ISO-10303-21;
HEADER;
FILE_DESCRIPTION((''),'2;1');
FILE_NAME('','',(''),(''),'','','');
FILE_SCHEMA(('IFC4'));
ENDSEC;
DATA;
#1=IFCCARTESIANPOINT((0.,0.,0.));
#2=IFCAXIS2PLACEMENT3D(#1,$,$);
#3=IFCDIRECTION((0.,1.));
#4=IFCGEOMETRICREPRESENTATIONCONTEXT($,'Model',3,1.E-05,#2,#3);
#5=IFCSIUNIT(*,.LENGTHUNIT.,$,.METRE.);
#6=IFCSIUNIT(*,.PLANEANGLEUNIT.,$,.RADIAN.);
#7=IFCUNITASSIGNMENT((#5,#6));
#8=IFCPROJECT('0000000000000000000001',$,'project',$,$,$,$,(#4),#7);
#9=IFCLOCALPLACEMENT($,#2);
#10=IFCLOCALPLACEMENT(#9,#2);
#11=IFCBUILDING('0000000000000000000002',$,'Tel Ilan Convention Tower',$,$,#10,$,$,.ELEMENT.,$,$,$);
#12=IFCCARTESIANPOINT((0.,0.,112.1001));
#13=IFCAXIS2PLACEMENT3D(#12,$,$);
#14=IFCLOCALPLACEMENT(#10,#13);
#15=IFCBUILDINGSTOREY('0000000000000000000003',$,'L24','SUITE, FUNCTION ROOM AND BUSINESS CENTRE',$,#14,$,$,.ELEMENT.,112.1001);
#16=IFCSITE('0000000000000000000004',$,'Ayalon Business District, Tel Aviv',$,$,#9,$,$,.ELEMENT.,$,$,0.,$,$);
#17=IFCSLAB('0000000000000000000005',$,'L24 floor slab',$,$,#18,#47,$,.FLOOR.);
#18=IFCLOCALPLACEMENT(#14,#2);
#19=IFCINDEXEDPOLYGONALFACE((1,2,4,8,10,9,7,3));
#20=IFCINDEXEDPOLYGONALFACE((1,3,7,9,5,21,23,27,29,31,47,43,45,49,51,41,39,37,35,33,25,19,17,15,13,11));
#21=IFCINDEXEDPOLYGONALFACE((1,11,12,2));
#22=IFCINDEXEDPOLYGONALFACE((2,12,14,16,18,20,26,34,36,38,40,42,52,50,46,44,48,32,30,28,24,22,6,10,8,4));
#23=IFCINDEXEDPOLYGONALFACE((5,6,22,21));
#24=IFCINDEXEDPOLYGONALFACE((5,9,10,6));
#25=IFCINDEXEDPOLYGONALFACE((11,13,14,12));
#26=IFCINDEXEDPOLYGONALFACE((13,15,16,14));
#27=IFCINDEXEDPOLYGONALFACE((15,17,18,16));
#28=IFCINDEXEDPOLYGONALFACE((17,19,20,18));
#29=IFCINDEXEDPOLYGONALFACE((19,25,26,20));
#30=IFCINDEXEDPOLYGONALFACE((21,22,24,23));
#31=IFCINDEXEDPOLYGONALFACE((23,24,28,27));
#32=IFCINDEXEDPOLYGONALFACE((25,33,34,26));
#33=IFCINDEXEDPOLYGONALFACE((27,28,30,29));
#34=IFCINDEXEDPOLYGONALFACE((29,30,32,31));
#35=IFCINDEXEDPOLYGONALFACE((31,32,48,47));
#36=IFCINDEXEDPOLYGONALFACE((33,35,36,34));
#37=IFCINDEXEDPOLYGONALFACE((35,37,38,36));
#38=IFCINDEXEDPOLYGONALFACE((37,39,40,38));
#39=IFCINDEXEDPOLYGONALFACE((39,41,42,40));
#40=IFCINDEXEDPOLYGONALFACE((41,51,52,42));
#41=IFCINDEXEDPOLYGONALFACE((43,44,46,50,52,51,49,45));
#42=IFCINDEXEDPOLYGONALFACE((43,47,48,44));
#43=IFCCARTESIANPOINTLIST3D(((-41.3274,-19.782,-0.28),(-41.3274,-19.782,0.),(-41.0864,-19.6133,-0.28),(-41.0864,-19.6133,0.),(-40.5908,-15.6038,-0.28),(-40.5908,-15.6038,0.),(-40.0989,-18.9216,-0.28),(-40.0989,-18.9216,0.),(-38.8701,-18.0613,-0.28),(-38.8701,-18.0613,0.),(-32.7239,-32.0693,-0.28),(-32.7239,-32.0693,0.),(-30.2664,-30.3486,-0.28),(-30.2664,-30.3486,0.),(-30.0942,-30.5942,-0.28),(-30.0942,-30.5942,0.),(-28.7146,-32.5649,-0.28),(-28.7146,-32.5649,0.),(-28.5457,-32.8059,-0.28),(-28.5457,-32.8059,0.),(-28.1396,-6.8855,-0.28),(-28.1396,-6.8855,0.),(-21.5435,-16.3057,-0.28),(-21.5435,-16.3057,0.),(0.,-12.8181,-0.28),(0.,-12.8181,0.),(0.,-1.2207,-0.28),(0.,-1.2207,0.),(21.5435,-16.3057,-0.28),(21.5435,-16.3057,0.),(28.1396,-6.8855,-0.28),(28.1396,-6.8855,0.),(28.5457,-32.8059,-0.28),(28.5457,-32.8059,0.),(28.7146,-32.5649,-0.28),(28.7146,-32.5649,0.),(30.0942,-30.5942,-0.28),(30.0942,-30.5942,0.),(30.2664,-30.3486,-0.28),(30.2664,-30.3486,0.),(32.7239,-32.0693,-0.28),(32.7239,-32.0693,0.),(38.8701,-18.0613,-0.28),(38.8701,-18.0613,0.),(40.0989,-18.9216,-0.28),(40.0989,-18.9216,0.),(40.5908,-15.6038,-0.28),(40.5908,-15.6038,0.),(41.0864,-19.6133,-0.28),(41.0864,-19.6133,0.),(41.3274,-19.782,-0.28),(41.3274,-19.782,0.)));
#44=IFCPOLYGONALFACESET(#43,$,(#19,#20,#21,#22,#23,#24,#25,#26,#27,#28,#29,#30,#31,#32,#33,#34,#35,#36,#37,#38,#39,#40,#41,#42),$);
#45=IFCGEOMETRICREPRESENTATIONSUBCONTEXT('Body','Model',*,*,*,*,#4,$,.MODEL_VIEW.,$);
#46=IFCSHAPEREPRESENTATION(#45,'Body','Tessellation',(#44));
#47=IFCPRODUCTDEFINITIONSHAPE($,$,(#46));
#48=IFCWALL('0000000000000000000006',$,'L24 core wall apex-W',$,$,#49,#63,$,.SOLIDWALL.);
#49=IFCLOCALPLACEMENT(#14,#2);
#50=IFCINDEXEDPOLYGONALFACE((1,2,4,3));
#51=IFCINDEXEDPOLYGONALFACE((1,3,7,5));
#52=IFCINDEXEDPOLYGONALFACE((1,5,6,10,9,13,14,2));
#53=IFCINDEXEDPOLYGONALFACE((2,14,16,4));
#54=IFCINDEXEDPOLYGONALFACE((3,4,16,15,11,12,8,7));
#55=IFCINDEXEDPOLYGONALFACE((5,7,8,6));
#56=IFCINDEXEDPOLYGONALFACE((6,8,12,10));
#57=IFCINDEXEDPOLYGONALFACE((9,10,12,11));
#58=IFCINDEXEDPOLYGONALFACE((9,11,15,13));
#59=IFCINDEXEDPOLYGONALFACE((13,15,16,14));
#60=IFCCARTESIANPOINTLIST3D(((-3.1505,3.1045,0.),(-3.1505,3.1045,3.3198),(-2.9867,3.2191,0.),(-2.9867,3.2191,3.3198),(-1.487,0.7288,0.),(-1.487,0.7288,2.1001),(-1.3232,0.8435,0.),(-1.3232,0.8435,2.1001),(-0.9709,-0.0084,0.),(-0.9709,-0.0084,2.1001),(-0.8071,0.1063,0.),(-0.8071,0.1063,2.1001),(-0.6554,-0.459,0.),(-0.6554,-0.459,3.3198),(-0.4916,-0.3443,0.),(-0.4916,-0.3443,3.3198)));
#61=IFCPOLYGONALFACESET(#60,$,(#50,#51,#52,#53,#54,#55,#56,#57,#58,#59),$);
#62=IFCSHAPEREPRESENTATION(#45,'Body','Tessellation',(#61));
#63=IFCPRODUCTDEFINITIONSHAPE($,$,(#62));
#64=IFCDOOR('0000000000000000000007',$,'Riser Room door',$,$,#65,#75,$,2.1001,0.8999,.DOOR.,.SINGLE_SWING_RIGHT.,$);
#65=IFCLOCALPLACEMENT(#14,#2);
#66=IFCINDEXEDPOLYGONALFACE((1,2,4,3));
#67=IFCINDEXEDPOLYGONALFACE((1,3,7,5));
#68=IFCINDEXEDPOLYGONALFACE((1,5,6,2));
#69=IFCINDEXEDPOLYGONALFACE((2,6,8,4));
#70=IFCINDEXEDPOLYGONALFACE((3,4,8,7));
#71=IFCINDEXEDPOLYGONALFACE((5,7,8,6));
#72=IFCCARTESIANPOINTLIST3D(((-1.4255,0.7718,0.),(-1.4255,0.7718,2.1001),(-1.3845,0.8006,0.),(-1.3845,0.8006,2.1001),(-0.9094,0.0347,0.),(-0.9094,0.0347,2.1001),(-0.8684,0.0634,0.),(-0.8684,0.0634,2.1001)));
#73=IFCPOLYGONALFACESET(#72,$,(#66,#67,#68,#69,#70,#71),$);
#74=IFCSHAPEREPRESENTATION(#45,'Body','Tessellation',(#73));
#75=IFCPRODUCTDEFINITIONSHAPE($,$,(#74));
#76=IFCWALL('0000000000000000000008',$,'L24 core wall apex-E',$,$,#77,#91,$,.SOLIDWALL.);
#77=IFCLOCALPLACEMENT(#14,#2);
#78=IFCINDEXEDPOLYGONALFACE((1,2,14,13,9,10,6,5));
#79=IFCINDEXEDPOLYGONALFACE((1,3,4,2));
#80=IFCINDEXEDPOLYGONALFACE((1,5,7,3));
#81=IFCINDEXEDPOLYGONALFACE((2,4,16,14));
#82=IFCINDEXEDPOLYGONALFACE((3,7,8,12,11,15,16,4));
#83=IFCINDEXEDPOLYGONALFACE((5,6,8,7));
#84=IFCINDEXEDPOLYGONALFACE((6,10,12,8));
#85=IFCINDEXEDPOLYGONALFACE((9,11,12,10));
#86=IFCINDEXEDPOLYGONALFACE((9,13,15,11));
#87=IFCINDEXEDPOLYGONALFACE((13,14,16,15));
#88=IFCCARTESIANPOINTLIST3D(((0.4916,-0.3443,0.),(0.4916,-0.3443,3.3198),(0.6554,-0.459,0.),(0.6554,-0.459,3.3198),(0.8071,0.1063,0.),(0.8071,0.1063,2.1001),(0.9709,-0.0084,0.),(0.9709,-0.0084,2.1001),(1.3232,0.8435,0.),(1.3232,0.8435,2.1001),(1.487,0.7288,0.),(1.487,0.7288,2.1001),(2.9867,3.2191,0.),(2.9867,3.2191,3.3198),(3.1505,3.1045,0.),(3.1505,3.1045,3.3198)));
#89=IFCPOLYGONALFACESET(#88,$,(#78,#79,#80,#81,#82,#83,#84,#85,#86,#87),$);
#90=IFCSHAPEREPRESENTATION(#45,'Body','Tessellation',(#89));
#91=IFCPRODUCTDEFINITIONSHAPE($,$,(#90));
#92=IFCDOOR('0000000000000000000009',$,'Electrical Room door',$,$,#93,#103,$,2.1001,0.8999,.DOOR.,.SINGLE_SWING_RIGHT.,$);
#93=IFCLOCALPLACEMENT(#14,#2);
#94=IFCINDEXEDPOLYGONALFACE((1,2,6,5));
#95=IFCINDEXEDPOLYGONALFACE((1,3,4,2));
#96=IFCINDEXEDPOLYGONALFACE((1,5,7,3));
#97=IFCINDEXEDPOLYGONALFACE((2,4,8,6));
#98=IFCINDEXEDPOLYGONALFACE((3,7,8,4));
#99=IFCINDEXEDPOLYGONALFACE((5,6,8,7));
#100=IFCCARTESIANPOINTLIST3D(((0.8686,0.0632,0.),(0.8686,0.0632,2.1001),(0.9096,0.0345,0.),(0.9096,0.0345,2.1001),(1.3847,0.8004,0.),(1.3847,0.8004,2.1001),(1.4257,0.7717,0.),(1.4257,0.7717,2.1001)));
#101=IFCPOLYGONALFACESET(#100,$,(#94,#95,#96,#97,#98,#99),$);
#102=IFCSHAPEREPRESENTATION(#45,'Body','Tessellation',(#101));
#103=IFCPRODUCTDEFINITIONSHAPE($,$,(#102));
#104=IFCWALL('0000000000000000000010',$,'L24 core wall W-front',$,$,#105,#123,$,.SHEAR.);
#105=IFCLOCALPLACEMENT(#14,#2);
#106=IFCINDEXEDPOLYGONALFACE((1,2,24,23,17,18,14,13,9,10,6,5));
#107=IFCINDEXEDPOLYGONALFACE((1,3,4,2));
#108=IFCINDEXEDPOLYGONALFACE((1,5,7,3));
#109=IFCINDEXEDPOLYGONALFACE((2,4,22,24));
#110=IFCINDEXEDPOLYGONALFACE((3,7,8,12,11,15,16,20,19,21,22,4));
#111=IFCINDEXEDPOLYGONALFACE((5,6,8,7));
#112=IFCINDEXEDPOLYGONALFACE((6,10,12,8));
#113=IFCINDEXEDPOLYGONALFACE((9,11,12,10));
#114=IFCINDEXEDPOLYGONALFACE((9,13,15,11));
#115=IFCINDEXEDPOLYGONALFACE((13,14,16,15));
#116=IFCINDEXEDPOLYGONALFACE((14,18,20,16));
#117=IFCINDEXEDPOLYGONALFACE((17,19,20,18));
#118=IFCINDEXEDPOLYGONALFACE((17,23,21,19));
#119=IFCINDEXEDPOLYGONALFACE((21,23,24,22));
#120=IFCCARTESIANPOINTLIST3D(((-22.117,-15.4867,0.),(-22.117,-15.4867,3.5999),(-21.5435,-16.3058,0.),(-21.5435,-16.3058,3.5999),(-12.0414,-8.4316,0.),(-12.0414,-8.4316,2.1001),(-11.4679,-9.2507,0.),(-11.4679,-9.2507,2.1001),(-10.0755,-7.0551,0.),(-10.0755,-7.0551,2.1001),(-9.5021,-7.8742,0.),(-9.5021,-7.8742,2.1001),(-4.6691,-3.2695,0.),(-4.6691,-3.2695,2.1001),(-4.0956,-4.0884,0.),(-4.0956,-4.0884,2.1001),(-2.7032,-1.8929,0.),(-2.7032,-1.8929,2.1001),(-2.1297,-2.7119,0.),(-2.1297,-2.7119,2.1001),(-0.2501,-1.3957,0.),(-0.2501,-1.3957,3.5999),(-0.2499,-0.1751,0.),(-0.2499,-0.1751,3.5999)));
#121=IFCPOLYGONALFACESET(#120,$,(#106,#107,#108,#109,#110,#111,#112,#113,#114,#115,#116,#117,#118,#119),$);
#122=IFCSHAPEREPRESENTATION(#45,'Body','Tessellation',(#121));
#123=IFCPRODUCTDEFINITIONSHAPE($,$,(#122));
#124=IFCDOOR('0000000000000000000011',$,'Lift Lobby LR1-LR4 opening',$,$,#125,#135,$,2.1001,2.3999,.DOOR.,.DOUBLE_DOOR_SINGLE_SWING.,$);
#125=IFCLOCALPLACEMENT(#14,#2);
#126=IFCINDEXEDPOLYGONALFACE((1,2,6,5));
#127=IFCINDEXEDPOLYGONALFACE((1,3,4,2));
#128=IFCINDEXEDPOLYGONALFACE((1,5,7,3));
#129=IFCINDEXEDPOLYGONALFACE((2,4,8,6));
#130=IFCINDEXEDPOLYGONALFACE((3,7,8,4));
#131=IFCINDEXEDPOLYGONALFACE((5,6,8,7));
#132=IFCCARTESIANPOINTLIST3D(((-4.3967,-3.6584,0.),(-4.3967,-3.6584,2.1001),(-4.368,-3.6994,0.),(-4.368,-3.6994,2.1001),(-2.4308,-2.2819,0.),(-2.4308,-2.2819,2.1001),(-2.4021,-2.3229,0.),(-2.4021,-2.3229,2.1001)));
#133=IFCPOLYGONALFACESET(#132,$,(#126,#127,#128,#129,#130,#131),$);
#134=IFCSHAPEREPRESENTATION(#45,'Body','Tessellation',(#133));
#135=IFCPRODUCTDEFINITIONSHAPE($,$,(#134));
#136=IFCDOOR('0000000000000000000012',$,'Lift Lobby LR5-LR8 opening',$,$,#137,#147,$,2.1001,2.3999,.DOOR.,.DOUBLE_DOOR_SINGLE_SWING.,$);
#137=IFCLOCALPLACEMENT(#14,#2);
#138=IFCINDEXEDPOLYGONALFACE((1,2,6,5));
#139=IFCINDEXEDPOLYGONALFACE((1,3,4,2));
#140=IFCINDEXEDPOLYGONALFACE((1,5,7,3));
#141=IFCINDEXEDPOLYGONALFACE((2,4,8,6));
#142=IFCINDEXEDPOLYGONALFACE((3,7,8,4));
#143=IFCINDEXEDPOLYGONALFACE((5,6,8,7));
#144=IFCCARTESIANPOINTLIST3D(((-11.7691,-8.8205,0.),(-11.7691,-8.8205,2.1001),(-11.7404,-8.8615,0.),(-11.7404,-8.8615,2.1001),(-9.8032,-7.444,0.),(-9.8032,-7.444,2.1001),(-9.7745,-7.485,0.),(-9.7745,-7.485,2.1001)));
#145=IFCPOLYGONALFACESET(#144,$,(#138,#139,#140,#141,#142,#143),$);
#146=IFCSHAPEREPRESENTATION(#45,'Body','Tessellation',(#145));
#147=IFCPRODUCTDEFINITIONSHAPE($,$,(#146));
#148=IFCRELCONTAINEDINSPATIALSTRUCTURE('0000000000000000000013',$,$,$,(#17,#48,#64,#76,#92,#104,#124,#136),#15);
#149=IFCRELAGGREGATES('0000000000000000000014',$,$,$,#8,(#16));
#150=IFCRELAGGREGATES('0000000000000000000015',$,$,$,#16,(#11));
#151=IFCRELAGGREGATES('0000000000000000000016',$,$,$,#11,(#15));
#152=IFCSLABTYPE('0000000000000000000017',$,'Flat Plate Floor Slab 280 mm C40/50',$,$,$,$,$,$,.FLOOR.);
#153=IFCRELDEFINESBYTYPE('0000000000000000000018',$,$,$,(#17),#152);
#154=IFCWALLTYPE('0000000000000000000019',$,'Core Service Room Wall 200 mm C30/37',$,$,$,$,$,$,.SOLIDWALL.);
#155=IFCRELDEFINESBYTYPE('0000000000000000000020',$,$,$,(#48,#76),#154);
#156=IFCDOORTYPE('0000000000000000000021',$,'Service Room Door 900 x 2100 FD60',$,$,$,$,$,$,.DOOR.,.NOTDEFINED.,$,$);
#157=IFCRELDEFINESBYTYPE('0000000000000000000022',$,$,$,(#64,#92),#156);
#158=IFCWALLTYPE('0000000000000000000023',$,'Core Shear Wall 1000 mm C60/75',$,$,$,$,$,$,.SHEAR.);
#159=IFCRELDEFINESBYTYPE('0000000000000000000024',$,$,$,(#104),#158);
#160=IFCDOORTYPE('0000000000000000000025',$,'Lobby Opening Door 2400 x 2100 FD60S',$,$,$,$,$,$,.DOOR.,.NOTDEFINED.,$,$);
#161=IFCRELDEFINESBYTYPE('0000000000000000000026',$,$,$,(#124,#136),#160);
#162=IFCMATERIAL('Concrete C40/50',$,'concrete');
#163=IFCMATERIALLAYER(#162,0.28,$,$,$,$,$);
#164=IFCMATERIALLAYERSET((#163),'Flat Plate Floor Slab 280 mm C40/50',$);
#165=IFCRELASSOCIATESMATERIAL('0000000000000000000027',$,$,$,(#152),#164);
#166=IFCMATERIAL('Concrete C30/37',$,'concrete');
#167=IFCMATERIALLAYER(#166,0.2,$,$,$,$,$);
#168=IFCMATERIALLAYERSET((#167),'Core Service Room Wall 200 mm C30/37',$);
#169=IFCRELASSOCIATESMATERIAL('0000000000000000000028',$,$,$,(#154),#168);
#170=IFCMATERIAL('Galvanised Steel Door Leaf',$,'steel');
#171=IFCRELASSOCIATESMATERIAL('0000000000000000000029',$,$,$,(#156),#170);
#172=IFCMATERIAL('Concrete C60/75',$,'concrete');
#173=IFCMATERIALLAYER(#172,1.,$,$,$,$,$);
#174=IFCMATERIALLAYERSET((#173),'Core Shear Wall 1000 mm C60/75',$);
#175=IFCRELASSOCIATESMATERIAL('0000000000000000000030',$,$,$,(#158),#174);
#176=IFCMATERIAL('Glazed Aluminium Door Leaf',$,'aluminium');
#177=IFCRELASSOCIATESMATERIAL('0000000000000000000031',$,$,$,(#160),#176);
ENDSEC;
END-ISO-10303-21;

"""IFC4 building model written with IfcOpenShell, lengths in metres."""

from ifc_helpers import new_model, si_unit, direction, frame, frame_2d, origin, place, context, subcontext, project, spatial, polyline, rectangle, outline, extrude, material, layer, layer_set, type_object, element, fill, save


model = new_model("IFC4")

# Units and contexts
model_context = context("Model", 3, precision=1e-05, world=origin(), true_north=direction((0.0, 1.0)))
body_context = subcontext(model_context, "Body", "Model", "MODEL_VIEW")
ifc_project = project(units=[si_unit("LENGTHUNIT", "METRE"), si_unit("PLANEANGLEUNIT", "RADIAN")], contexts=[model_context])

# Site, building, storey
site_placement = place(None, origin())
site = spatial("IfcSite", under=ifc_project, at=site_placement, Name="Ayalon Business District, Tel Aviv", CompositionType="ELEMENT", RefElevation=0.0)
building_placement = place(site_placement, origin())
building = spatial("IfcBuilding", under=site, at=building_placement, Name="Tel Ilan Convention Tower", CompositionType="ELEMENT")
storey_placement = place(building_placement, frame((0.0, 0.0, 112.1001)))
storey = spatial("IfcBuildingStorey", under=building, at=storey_placement, Name="L24", Description="SUITE, FUNCTION ROOM AND BUSINESS CENTRE", CompositionType="ELEMENT", Elevation=112.1001)

# Slab
ifc_material_1 = material(Name="Concrete C40/50", Category="concrete")
ifc_layer_1 = layer(ifc_material_1, 0.28)
ifc_layer_set_1 = layer_set([ifc_layer_1], Name="Flat Plate Floor Slab 280 mm C40/50")
slab_type_1 = type_object("IfcSlabType", Name="Flat Plate Floor Slab 280 mm C40/50", PredefinedType="FLOOR", material=ifc_layer_set_1)
slab_1_placement = place(storey_placement, frame((0.0, 0.0, -0.28)))
element("IfcSlab", 1, at=slab_1_placement, inside=storey, type_object=slab_type_1, Name="L24 floor slab", PredefinedType="FLOOR", context=body_context, shape_type="SweptSolid", body=[
    extrude(outline(polyline([(41.0864, -19.6133), (41.3274, -19.782), (32.7239, -32.0693), (30.2664, -30.3486), (30.0942, -30.5942), (28.7146, -32.5649), (28.5457, -32.8059), (0.0, -12.8181), (-28.5457, -32.8059), (-28.7146, -32.5649), (-30.0942, -30.5942), (-30.2664, -30.3486), (-32.7239, -32.0693), (-41.3274, -19.782), (-41.0864, -19.6133), (-40.0989, -18.9216), (-38.8701, -18.0613), (-40.5908, -15.6038), (-28.1396, -6.8855), (-21.5435, -16.3057), (0.0, -1.2207), (21.5435, -16.3057), (28.1396, -6.8855), (40.5908, -15.6038), (38.8701, -18.0613), (40.0989, -18.9216), (41.0864, -19.6133)])), origin(), (0.0, 0.0, 1.0), 0.28),
])

# Walls, openings, doors
ifc_material_2 = material(Name="Concrete C30/37", Category="concrete")
ifc_layer_2 = layer(ifc_material_2, 0.2)
ifc_layer_set_2 = layer_set([ifc_layer_2], Name="Core Service Room Wall 200 mm C30/37")
wall_type_1 = type_object("IfcWallType", Name="Core Service Room Wall 200 mm C30/37", PredefinedType="SOLIDWALL", material=ifc_layer_set_2)
wall_1_placement = place(storey_placement, frame((-0.5735, -0.4016, 0.0), z_axis=(0.0, 0.0, 1.0), x_axis=(-0.573568, 0.819158, 0.0)))
wall_1 = element("IfcWall", 2, at=wall_1_placement, inside=storey, type_object=wall_type_1, Name="L24 core wall apex-W", PredefinedType="SOLIDWALL", context=body_context, shape_type="SweptSolid", body=[
    extrude(rectangle(XDim=4.3501, YDim=0.2, at=frame_2d((2.175, 0.0))), origin(), (0.0, 0.0, 1.0), 3.3198),
])
opening_1_placement = place(wall_1_placement, frame((0.55, 0.0, 0.0)))
opening_1 = element("IfcOpeningElement", 3, at=opening_1_placement, cuts=wall_1, PredefinedType="OPENING", context=body_context, shape_type="SweptSolid", body=[
    extrude(rectangle(XDim=0.8999, YDim=2.1001, at=frame_2d((0.45, 1.05))), frame((0.0, 0.1099, 0.0), z_axis=(0.0, -1.0, 0.0), x_axis=(1.0, 0.0, 0.0)), (0.0, 0.0, 1.0), 0.22),
])
ifc_material_3 = material(Name="Galvanised Steel Door Leaf", Category="steel")
door_type_1 = type_object("IfcDoorType", Name="Service Room Door 900 x 2100 FD60", OperationType="NOTDEFINED", PredefinedType="DOOR", material=ifc_material_3)
door_1_placement = place(opening_1_placement, origin())
door_1 = element("IfcDoor", 4, at=door_1_placement, inside=storey, type_object=door_type_1, Name="Riser Room door", OperationType="SINGLE_SWING_RIGHT", OverallHeight=2.1001, OverallWidth=0.8999, PredefinedType="DOOR", context=body_context, shape_type="SweptSolid", body=[
    extrude(rectangle(XDim=0.8999, YDim=2.1001, at=frame_2d((0.45, 1.05))), frame((0.0, 0.0249, 0.0), z_axis=(0.0, -1.0, 0.0), x_axis=(1.0, 0.0, 0.0)), (0.0, 0.0, 1.0), 0.05),
])
fill(opening_1, door_1)
wall_2_placement = place(storey_placement, frame((0.5735, -0.4016, 0.0), z_axis=(0.0, 0.0, 1.0), x_axis=(0.573568, 0.819158, 0.0)))
wall_2 = element("IfcWall", 5, at=wall_2_placement, inside=storey, type_object=wall_type_1, Name="L24 core wall apex-E", PredefinedType="SOLIDWALL", context=body_context, shape_type="SweptSolid", body=[
    extrude(rectangle(XDim=4.3501, YDim=0.2, at=frame_2d((2.175, 0.0))), origin(), (0.0, 0.0, 1.0), 3.3198),
])
opening_2_placement = place(wall_2_placement, frame((0.55, 0.0, 0.0)))
opening_2 = element("IfcOpeningElement", 6, at=opening_2_placement, cuts=wall_2, PredefinedType="OPENING", context=body_context, shape_type="SweptSolid", body=[
    extrude(rectangle(XDim=0.8999, YDim=2.1001, at=frame_2d((0.45, 1.05))), frame((0.0, 0.1099, 0.0), z_axis=(0.0, -1.0, 0.0), x_axis=(1.0, 0.0, 0.0)), (0.0, 0.0, 1.0), 0.22),
])
door_2_placement = place(opening_2_placement, origin())
door_2 = element("IfcDoor", 7, at=door_2_placement, inside=storey, type_object=door_type_1, Name="Electrical Room door", OperationType="SINGLE_SWING_RIGHT", OverallHeight=2.1001, OverallWidth=0.8999, PredefinedType="DOOR", context=body_context, shape_type="SweptSolid", body=[
    extrude(rectangle(XDim=0.8999, YDim=2.1001, at=frame_2d((0.45, 1.05))), frame((0.0, 0.0249, 0.0), z_axis=(0.0, -1.0, 0.0), x_axis=(1.0, 0.0, 0.0)), (0.0, 0.0, 1.0), 0.05),
])
fill(opening_2, door_2)

# Wall, openings, doors
ifc_material_4 = material(Name="Concrete C60/75", Category="concrete")
ifc_layer_3 = layer(ifc_material_4, 1.0)
ifc_layer_set_3 = layer_set([ifc_layer_3], Name="Core Shear Wall 1000 mm C60/75")
wall_type_2 = type_object("IfcWallType", Name="Core Shear Wall 1000 mm C60/75", PredefinedType="SHEAR", material=ifc_layer_set_3)
wall_3_placement = place(storey_placement, frame((0.0369, -0.5847, 0.0), z_axis=(0.0, 0.0, 1.0), x_axis=(-0.819157, -0.573569, 0.0)))
wall_3 = element("IfcWall", 8, at=wall_3_placement, inside=storey, type_object=wall_type_2, Name="L24 core wall W-front", PredefinedType="SHEAR", context=body_context, shape_type="SweptSolid", body=[
    extrude(outline(polyline([(26.6948, 0.5002), (0.7002, 0.4998), (0.0, -0.5), (26.6948, -0.4998), (26.6948, 0.5002)])), origin(), (0.0, 0.0, 1.0), 3.5999),
])
opening_3_placement = place(wall_3_placement, frame((2.9949, 0.0, 0.0)))
opening_3 = element("IfcOpeningElement", 9, at=opening_3_placement, cuts=wall_3, PredefinedType="OPENING", context=body_context, shape_type="SweptSolid", body=[
    extrude(rectangle(XDim=2.3999, YDim=2.1001, at=frame_2d((1.2, 1.05))), frame((0.0, 0.51, 0.0), z_axis=(0.0, -1.0, 0.0), x_axis=(1.0, 0.0, 0.0)), (0.0, 0.0, 1.0), 1.02),
])
opening_4_placement = place(wall_3_placement, frame((11.9949, 0.0, 0.0)))
opening_4 = element("IfcOpeningElement", 10, at=opening_4_placement, cuts=wall_3, PredefinedType="OPENING", context=body_context, shape_type="SweptSolid", body=[
    extrude(rectangle(XDim=2.3999, YDim=2.1001, at=frame_2d((1.2, 1.05))), frame((0.0, 0.51, 0.0), z_axis=(0.0, -1.0, 0.0), x_axis=(1.0, 0.0, 0.0)), (0.0, 0.0, 1.0), 1.02),
])
ifc_material_5 = material(Name="Glazed Aluminium Door Leaf", Category="aluminium")
door_type_2 = type_object("IfcDoorType", Name="Lobby Opening Door 2400 x 2100 FD60S", OperationType="NOTDEFINED", PredefinedType="DOOR", material=ifc_material_5)
door_3_placement = place(opening_3_placement, origin())
door_3 = element("IfcDoor", 11, at=door_3_placement, inside=storey, type_object=door_type_2, Name="Lift Lobby LR1-LR4 opening", OperationType="DOUBLE_DOOR_SINGLE_SWING", OverallHeight=2.1001, OverallWidth=2.3999, PredefinedType="DOOR", context=body_context, shape_type="SweptSolid", body=[
    extrude(rectangle(XDim=2.3999, YDim=2.1001, at=frame_2d((1.2, 1.05))), frame((0.0, 0.0249, 0.0), z_axis=(0.0, -1.0, 0.0), x_axis=(1.0, 0.0, 0.0)), (0.0, 0.0, 1.0), 0.05),
])
fill(opening_3, door_3)
door_4_placement = place(opening_4_placement, origin())
door_4 = element("IfcDoor", 12, at=door_4_placement, inside=storey, type_object=door_type_2, Name="Lift Lobby LR5-LR8 opening", OperationType="DOUBLE_DOOR_SINGLE_SWING", OverallHeight=2.1001, OverallWidth=2.3999, PredefinedType="DOOR", context=body_context, shape_type="SweptSolid", body=[
    extrude(rectangle(XDim=2.3999, YDim=2.1001, at=frame_2d((1.2, 1.05))), frame((0.0, 0.0249, 0.0), z_axis=(0.0, -1.0, 0.0), x_axis=(1.0, 0.0, 0.0)), (0.0, 0.0, 1.0), 0.05),
])
fill(opening_4, door_4)

save(model, "model.ifc")
